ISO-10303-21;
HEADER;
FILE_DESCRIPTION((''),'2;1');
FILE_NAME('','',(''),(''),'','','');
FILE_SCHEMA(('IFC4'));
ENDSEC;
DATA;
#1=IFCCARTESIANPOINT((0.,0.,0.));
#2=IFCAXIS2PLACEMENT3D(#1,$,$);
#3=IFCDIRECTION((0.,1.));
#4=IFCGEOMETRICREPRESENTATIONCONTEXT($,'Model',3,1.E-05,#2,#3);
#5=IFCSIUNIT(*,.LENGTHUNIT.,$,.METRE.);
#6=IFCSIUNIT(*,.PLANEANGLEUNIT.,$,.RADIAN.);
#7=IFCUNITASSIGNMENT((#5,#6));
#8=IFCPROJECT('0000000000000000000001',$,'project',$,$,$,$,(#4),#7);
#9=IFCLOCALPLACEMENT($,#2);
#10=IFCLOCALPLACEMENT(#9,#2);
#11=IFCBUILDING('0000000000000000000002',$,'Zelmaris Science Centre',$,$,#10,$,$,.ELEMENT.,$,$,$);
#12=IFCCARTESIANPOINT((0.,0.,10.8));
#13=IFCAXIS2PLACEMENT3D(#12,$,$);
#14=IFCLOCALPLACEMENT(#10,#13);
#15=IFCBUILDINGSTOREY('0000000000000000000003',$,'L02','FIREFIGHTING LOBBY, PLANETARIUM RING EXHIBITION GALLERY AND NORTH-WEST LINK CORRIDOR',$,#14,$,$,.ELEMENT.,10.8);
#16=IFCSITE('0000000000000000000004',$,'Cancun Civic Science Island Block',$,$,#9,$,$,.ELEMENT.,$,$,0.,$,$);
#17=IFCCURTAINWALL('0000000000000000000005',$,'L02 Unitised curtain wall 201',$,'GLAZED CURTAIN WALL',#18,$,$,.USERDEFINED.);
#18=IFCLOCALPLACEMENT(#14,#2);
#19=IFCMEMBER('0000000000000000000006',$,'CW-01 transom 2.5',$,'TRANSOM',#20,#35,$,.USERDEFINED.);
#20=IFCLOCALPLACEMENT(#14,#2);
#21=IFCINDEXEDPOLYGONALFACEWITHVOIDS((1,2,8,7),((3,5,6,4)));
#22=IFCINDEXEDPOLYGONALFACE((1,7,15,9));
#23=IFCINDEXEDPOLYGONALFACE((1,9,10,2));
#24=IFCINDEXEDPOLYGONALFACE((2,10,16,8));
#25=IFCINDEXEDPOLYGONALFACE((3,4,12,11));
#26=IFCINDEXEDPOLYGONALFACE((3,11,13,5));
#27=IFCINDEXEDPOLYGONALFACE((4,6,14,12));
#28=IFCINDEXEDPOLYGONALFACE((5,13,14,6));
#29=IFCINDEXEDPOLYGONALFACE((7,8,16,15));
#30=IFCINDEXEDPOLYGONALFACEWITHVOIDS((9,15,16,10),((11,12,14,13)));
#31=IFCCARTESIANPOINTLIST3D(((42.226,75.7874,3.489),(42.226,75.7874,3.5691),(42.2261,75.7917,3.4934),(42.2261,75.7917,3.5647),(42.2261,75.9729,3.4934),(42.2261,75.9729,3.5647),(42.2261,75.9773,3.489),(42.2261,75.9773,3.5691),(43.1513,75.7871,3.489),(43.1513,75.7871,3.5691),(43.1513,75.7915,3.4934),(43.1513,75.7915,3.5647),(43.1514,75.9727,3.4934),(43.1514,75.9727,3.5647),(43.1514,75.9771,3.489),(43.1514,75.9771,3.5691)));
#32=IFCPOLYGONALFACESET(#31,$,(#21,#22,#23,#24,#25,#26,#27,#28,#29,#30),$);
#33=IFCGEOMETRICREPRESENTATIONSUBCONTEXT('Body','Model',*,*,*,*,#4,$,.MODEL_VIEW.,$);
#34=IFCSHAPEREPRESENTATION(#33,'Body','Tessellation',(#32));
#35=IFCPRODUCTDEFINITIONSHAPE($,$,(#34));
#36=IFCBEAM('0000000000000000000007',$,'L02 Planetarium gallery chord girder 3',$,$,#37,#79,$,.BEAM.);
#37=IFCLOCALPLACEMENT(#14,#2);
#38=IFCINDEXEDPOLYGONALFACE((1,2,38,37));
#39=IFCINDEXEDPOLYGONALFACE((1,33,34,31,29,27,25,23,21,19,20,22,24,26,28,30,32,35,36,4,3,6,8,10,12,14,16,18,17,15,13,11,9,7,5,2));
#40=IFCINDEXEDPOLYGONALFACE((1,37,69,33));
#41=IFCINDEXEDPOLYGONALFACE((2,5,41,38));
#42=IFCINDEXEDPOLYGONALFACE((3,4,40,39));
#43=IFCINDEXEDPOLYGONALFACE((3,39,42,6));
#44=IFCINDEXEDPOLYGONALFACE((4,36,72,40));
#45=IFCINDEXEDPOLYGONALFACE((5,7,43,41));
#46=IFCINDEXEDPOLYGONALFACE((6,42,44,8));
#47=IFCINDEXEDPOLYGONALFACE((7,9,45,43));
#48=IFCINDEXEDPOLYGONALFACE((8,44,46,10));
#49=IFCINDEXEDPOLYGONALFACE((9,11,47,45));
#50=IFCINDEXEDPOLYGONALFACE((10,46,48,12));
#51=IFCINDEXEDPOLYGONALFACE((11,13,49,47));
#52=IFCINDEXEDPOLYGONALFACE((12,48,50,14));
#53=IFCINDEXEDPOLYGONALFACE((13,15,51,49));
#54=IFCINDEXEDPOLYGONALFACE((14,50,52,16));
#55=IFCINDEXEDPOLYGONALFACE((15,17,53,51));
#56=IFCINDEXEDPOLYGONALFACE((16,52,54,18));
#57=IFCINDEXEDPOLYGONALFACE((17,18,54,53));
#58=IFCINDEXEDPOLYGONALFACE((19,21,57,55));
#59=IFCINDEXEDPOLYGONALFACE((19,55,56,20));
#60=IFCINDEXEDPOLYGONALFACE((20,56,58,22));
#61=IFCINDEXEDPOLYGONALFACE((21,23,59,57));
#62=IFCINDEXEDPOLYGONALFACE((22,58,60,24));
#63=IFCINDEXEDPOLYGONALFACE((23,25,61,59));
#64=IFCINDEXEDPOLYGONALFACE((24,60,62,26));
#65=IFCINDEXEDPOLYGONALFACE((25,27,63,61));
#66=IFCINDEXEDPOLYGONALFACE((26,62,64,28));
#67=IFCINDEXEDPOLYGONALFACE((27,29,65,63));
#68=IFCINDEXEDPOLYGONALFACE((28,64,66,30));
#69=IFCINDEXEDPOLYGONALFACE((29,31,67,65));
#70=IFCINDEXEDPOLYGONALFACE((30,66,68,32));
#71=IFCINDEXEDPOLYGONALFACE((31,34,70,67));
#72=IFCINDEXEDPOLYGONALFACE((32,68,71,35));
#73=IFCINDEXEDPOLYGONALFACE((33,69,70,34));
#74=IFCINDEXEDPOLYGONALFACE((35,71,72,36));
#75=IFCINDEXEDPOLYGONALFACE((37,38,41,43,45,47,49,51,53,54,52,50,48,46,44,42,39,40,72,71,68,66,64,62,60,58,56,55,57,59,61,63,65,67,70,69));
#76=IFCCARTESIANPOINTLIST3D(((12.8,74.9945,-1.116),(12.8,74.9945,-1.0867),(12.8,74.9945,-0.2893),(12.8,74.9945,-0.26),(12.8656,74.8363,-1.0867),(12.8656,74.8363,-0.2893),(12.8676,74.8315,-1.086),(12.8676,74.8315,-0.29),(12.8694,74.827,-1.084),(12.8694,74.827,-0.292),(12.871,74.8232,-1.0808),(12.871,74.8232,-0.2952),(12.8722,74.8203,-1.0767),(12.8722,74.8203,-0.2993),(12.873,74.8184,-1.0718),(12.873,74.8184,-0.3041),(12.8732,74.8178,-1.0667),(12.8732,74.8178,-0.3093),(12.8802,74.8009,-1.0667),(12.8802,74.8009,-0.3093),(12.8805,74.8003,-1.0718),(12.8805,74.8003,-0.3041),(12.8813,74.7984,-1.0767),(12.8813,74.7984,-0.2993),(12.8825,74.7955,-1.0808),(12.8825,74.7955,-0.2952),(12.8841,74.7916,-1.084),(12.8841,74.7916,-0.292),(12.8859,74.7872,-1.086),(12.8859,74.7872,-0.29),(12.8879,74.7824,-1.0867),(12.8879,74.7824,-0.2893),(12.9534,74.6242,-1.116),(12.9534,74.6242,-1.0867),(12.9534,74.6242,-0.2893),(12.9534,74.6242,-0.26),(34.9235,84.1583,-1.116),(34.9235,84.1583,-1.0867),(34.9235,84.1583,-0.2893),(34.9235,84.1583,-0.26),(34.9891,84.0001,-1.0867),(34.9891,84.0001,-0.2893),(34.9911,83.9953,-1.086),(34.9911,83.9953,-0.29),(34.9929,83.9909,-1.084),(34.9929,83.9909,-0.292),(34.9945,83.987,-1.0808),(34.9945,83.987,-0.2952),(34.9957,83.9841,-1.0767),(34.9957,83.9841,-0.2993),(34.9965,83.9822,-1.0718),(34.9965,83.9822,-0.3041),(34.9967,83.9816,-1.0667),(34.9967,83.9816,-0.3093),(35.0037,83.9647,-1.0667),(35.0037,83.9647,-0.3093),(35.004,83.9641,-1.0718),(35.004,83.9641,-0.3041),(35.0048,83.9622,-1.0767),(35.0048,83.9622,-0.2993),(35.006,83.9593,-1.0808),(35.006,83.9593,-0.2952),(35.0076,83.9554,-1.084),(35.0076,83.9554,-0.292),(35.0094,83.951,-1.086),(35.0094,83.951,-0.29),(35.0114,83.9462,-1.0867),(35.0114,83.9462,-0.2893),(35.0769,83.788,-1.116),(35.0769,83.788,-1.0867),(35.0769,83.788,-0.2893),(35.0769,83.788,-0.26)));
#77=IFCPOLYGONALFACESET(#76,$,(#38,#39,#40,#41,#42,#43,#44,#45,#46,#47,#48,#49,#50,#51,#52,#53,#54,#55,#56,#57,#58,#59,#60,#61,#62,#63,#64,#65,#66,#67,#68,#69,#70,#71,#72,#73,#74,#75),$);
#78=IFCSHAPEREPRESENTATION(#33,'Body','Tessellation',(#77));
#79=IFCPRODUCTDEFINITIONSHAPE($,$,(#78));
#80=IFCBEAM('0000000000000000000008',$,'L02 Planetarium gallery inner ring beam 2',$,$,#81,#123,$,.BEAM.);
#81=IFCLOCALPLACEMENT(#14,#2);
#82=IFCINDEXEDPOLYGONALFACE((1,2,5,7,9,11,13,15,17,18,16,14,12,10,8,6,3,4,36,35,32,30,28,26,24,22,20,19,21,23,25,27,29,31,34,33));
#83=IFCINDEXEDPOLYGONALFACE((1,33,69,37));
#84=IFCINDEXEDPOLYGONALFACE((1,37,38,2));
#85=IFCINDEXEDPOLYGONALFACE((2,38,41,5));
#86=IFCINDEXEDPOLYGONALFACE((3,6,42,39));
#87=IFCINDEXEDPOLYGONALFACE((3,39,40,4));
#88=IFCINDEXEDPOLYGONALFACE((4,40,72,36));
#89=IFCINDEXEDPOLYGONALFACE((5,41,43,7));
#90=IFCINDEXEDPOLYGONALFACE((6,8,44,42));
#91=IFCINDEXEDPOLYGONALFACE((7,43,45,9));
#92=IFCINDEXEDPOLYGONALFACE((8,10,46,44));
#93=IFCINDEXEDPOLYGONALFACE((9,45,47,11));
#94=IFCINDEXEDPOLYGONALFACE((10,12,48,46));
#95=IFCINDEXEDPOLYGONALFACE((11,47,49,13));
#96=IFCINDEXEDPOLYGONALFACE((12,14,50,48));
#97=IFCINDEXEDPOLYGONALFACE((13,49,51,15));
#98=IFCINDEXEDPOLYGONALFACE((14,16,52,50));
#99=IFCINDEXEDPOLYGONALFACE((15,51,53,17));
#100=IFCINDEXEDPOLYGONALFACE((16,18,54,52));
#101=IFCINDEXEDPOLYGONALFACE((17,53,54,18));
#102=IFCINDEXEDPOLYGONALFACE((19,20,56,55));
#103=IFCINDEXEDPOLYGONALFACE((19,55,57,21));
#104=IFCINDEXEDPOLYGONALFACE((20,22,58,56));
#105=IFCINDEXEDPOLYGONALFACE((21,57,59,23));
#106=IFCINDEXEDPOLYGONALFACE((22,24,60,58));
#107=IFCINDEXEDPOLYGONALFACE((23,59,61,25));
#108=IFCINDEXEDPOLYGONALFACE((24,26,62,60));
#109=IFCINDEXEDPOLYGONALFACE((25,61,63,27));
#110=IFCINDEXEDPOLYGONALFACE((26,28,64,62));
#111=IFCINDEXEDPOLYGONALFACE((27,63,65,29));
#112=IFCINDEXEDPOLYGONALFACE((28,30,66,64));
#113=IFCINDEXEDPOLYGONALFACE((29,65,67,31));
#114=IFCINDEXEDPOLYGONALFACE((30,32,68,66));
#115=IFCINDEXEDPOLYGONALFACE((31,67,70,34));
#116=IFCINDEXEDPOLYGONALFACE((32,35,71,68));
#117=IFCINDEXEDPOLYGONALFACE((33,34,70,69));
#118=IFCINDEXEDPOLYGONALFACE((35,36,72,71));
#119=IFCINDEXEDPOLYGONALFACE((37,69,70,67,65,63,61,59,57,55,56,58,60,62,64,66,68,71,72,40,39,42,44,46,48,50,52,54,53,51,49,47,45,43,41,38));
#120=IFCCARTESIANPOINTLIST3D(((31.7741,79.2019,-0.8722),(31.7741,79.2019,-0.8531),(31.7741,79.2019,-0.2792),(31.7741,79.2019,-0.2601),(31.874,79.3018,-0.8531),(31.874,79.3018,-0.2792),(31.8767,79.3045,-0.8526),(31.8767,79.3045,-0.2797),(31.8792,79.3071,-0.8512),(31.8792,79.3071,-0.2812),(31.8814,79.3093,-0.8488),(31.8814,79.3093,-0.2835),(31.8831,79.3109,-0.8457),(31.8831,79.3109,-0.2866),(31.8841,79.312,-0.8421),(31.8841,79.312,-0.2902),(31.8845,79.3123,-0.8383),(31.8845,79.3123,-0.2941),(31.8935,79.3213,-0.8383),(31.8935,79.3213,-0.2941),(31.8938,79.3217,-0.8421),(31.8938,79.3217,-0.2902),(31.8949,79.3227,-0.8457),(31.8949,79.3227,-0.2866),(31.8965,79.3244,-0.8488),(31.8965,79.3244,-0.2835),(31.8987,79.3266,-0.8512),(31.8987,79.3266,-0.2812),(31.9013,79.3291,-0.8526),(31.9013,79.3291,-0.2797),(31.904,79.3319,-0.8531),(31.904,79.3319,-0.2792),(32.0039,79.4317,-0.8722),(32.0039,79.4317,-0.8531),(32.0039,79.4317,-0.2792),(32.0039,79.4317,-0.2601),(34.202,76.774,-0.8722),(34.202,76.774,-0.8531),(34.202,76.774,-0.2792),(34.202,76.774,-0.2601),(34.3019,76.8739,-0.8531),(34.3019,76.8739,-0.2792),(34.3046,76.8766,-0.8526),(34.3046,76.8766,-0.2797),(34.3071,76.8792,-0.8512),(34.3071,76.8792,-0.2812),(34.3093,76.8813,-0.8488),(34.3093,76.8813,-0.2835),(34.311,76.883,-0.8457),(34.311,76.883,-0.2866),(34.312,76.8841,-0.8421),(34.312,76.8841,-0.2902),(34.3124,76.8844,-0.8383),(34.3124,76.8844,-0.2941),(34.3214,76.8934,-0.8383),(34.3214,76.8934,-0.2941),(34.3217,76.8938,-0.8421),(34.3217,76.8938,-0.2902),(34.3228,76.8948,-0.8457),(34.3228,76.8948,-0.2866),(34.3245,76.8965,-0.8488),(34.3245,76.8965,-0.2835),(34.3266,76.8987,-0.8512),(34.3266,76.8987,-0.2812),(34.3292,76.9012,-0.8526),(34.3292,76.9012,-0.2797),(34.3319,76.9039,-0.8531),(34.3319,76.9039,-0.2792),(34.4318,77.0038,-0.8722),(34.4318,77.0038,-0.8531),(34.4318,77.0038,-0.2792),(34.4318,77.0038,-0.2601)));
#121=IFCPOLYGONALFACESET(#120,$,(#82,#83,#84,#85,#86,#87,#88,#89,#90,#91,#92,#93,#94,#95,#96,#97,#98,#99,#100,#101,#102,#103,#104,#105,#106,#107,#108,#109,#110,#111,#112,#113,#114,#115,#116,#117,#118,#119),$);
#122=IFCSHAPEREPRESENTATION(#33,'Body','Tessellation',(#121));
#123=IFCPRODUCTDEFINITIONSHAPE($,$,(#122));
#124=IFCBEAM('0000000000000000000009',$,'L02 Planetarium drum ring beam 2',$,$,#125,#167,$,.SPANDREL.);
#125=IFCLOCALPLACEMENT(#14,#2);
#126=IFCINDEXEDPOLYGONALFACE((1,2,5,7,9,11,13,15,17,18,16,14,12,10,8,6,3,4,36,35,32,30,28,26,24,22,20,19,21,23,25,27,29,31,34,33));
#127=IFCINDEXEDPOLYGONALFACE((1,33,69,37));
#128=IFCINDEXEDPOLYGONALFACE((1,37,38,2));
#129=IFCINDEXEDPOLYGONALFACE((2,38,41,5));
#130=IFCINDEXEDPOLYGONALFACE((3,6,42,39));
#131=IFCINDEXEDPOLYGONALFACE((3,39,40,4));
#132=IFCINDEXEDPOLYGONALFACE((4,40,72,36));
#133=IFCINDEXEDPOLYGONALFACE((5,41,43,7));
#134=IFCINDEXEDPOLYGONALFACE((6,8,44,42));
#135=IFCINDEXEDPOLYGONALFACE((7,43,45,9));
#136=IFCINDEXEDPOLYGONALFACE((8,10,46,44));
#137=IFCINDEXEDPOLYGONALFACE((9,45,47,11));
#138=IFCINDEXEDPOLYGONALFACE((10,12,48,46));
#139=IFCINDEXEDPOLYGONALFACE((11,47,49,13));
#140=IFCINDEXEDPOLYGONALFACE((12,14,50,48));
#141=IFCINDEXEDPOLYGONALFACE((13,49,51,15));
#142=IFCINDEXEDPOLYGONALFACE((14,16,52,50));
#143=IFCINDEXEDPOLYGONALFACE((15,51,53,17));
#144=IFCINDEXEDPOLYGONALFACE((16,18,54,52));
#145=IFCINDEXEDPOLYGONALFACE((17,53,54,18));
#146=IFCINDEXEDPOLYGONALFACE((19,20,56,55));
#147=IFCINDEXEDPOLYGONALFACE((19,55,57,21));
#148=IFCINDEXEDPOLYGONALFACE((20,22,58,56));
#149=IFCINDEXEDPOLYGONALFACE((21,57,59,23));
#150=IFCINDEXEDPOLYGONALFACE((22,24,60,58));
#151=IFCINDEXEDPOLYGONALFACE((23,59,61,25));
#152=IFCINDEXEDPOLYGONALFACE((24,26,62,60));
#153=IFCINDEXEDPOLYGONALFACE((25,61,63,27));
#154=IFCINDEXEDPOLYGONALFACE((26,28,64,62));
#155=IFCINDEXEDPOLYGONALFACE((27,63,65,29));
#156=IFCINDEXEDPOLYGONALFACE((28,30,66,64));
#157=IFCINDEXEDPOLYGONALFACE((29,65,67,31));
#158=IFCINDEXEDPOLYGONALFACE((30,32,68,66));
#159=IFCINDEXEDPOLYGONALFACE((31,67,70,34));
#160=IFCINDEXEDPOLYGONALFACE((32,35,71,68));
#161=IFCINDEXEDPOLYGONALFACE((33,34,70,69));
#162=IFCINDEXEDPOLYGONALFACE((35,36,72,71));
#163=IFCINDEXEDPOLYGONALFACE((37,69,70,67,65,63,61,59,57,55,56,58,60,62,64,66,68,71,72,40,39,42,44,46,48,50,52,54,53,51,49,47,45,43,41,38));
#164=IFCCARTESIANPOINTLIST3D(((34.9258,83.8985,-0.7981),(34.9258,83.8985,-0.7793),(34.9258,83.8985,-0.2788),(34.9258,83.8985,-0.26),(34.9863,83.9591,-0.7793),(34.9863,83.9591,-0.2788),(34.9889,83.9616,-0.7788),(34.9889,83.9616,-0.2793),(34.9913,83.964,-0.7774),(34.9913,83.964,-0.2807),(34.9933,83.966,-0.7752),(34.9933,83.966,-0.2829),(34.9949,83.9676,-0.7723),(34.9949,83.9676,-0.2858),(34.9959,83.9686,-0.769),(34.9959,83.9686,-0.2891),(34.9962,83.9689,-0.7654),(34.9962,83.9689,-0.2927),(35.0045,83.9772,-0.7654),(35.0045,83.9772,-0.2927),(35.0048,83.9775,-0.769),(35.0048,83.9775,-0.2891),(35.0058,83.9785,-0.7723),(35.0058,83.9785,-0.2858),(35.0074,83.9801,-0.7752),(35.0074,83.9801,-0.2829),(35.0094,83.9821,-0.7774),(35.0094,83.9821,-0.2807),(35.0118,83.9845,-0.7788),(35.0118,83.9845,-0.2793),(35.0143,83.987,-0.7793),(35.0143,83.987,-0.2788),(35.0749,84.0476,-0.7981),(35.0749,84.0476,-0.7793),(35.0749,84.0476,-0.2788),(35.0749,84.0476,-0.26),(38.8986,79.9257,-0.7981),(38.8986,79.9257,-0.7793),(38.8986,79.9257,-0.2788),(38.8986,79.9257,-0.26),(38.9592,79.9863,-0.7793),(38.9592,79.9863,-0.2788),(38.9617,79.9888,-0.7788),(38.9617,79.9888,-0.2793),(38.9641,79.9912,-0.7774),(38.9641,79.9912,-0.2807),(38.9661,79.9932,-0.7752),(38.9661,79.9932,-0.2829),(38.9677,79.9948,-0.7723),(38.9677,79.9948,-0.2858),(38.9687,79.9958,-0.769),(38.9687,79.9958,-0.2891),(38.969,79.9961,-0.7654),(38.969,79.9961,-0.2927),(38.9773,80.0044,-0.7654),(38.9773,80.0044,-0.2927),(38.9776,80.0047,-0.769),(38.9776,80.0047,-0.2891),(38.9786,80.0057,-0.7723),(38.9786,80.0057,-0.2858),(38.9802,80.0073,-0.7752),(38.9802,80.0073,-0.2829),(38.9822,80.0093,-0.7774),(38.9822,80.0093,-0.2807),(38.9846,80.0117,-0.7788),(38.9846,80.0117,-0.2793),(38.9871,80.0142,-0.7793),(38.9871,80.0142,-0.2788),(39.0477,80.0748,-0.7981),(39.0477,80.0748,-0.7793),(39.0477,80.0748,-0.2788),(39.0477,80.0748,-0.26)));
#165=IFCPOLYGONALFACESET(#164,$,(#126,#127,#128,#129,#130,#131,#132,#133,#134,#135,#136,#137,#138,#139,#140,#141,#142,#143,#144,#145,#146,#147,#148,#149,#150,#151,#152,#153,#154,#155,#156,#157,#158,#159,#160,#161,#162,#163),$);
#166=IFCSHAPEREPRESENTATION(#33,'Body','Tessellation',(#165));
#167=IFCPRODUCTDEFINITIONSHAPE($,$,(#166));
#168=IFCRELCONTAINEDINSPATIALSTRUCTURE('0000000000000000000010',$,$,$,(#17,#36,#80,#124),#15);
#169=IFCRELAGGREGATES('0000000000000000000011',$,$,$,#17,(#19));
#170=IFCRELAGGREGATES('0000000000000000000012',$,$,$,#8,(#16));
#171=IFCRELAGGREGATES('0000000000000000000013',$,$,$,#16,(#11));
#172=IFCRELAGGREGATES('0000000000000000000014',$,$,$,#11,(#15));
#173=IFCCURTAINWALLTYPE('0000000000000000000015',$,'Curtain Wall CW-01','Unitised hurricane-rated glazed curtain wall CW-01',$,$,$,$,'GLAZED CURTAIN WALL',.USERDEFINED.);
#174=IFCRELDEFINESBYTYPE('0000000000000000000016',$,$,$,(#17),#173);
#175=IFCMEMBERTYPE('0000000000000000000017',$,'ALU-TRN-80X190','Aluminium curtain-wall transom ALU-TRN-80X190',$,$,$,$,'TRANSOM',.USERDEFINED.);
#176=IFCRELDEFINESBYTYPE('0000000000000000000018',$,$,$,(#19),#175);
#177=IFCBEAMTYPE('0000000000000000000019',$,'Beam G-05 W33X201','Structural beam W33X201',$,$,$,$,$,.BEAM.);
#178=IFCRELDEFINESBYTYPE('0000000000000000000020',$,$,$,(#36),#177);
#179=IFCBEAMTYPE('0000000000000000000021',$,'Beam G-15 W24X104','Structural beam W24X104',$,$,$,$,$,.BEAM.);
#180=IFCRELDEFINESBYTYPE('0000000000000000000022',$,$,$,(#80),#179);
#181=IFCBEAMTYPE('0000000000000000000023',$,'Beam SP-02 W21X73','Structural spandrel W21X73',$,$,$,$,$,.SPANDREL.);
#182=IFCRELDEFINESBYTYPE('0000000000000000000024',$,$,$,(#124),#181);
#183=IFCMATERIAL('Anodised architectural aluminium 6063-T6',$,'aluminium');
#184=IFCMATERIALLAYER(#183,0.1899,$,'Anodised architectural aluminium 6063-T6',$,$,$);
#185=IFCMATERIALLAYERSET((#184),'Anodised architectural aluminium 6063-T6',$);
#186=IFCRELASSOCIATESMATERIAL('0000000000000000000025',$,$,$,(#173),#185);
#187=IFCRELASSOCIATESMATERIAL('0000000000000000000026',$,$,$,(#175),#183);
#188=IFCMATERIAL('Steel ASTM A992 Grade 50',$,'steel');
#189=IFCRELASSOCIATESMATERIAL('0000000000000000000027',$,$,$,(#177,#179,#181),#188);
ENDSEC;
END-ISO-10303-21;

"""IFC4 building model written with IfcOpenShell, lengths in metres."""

from ifc_helpers import new_model, si_unit, direction, frame, origin, origin_2d, place, context, subcontext, project, spatial, hollow_rectangle, i_section, extrude, material, layer, layer_set, material_profile, profile_set, type_object, element, aggregate, save


model = new_model("IFC4")

# Units and contexts
model_context = context("Model", 3, precision=1e-05, world=origin(), true_north=direction((0.0, 1.0)))
body_context = subcontext(model_context, "Body", "Model", "MODEL_VIEW")
ifc_project = project(units=[si_unit("LENGTHUNIT", "METRE"), si_unit("PLANEANGLEUNIT", "RADIAN")], contexts=[model_context])

# Site, building, storey
site_placement = place(None, origin())
site = spatial("IfcSite", under=ifc_project, at=site_placement, Name="Cancun Civic Science Island Block", CompositionType="ELEMENT", RefElevation=0.0)
building_placement = place(site_placement, origin())
building = spatial("IfcBuilding", under=site, at=building_placement, Name="Zelmaris Science Centre", CompositionType="ELEMENT")
storey_placement = place(building_placement, frame((0.0, 0.0, 10.8)))
storey = spatial("IfcBuildingStorey", under=building, at=storey_placement, Name="L02", Description="FIREFIGHTING LOBBY, PLANETARIUM RING EXHIBITION GALLERY AND NORTH-WEST LINK CORRIDOR", CompositionType="ELEMENT", Elevation=10.8)

# Curtain wall, member
ifc_material_1 = material(Name="Anodised architectural aluminium 6063-T6", Category="aluminium")
ifc_layer_1 = layer(ifc_material_1, 0.1899, Name="Anodised architectural aluminium 6063-T6")
ifc_layer_set_1 = layer_set([ifc_layer_1], Name="Anodised architectural aluminium 6063-T6")
curtain_wall_type = type_object("IfcCurtainWallType", Name="Curtain Wall CW-01", Description="Unitised hurricane-rated glazed curtain wall CW-01", ElementType="GLAZED CURTAIN WALL", PredefinedType="USERDEFINED", material=ifc_layer_set_1)
curtain_wall_placement = place(storey_placement, origin())
curtain_wall = element("IfcCurtainWall", 1, at=curtain_wall_placement, inside=storey, type_object=curtain_wall_type, Name="L02 Unitised curtain wall 201", ObjectType="GLAZED CURTAIN WALL", PredefinedType="USERDEFINED")
ifc_material_profile_1 = material_profile(ifc_material_1, hollow_rectangle(XDim=0.0801, YDim=0.1899, WallThickness=0.0044, at=origin_2d()), Name="ALU-TRN-80X190")
ifc_profile_set_1 = profile_set([ifc_material_profile_1], Name="Anodised architectural aluminium 6063-T6")
member_type_1 = type_object("IfcMemberType", Name="ALU-TRN-80X190", Description="Aluminium curtain-wall transom ALU-TRN-80X190", ElementType="TRANSOM", PredefinedType="USERDEFINED", material=ifc_profile_set_1)
member_1_placement = place(storey_placement, frame((42.2261, 75.8823, 3.5291), z_axis=(1.0, -0.000264, 0.0), x_axis=(0.0, 0.0, 1.0)))
member_1 = element("IfcMember", 2, at=member_1_placement, type_object=member_type_1, Name="CW-01 transom 2.5", ObjectType="TRANSOM", PredefinedType="USERDEFINED", context=body_context, shape_type="SweptSolid", body=[
    extrude(hollow_rectangle(XDim=0.0801, YDim=0.1899, WallThickness=0.0044, at=origin_2d()), origin(), (0.0, 0.0, 1.0), 0.9253),
])
aggregate(curtain_wall, [member_1])

# Beams
ifc_material_2 = material(Name="Steel ASTM A992 Grade 50", Category="steel")
ifc_material_profile_2 = material_profile(ifc_material_2, i_section(OverallWidth=0.4009, OverallDepth=0.856, WebThickness=0.0183, FlangeThickness=0.0293, FilletRadius=0.02, at=origin_2d()), Name="W33X201")
ifc_profile_set_2 = profile_set([ifc_material_profile_2], Name="Steel ASTM A992 Grade 50")
beam_type_1 = type_object("IfcBeamType", Name="Beam G-05 W33X201", Description="Structural beam W33X201", PredefinedType="BEAM", material=ifc_profile_set_2)
beam_1_placement = place(storey_placement, frame((35.0002, 83.9731, -0.688), z_axis=(-0.92388, -0.382682, 0.0), x_axis=(0.382682, -0.92388, 0.0)))
element("IfcBeam", 3, at=beam_1_placement, inside=storey, type_object=beam_type_1, Name="L02 Planetarium gallery chord girder 3", PredefinedType="BEAM", context=body_context, shape_type="SweptSolid", body=[
    extrude(i_section(OverallWidth=0.4009, OverallDepth=0.856, WebThickness=0.0183, FlangeThickness=0.0293, FilletRadius=0.02, at=origin_2d()), origin(), (0.0, 0.0, 1.0), 23.9463),
])
ifc_material_profile_3 = material_profile(ifc_material_2, i_section(OverallWidth=0.325, OverallDepth=0.6121, WebThickness=0.0127, FlangeThickness=0.019, FilletRadius=0.0149, at=origin_2d()), Name="W24X104")
ifc_profile_set_3 = profile_set([ifc_material_profile_3], Name="Steel ASTM A992 Grade 50")
beam_type_2 = type_object("IfcBeamType", Name="Beam G-15 W24X104", Description="Structural beam W24X104", PredefinedType="BEAM", material=ifc_profile_set_3)
beam_2_placement = place(storey_placement, frame((34.3169, 76.8889, -0.5662), z_axis=(-0.707107, 0.707107, 0.0), x_axis=(-0.707107, -0.707107, 0.0)))
element("IfcBeam", 4, at=beam_2_placement, inside=storey, type_object=beam_type_2, Name="L02 Planetarium gallery inner ring beam 2", PredefinedType="BEAM", context=body_context, shape_type="SweptSolid", body=[
    extrude(i_section(OverallWidth=0.325, OverallDepth=0.6121, WebThickness=0.0127, FlangeThickness=0.019, FilletRadius=0.0149, at=origin_2d()), origin(), (0.0, 0.0, 1.0), 3.4336),
])
ifc_material_profile_4 = material_profile(ifc_material_2, i_section(OverallWidth=0.2109, OverallDepth=0.5381, WebThickness=0.0117, FlangeThickness=0.0188, FilletRadius=0.0139, at=origin_2d()), Name="W21X73")
ifc_profile_set_4 = profile_set([ifc_material_profile_4], Name="Steel ASTM A992 Grade 50")
beam_type_3 = type_object("IfcBeamType", Name="Beam SP-02 W21X73", Description="Structural spandrel W21X73", PredefinedType="SPANDREL", material=ifc_profile_set_4)
beam_3_placement = place(storey_placement, frame((38.9731, 80.0002, -0.5291), z_axis=(-0.707107, 0.707107, 0.0), x_axis=(-0.707107, -0.707107, 0.0)))
element("IfcBeam", 5, at=beam_3_placement, inside=storey, type_object=beam_type_3, Name="L02 Planetarium drum ring beam 2", PredefinedType="SPANDREL", context=body_context, shape_type="SweptSolid", body=[
    extrude(i_section(OverallWidth=0.2109, OverallDepth=0.5381, WebThickness=0.0117, FlangeThickness=0.0188, FilletRadius=0.0139, at=origin_2d()), origin(), (0.0, 0.0, 1.0), 5.6184),
])

save(model, "model.ifc")
